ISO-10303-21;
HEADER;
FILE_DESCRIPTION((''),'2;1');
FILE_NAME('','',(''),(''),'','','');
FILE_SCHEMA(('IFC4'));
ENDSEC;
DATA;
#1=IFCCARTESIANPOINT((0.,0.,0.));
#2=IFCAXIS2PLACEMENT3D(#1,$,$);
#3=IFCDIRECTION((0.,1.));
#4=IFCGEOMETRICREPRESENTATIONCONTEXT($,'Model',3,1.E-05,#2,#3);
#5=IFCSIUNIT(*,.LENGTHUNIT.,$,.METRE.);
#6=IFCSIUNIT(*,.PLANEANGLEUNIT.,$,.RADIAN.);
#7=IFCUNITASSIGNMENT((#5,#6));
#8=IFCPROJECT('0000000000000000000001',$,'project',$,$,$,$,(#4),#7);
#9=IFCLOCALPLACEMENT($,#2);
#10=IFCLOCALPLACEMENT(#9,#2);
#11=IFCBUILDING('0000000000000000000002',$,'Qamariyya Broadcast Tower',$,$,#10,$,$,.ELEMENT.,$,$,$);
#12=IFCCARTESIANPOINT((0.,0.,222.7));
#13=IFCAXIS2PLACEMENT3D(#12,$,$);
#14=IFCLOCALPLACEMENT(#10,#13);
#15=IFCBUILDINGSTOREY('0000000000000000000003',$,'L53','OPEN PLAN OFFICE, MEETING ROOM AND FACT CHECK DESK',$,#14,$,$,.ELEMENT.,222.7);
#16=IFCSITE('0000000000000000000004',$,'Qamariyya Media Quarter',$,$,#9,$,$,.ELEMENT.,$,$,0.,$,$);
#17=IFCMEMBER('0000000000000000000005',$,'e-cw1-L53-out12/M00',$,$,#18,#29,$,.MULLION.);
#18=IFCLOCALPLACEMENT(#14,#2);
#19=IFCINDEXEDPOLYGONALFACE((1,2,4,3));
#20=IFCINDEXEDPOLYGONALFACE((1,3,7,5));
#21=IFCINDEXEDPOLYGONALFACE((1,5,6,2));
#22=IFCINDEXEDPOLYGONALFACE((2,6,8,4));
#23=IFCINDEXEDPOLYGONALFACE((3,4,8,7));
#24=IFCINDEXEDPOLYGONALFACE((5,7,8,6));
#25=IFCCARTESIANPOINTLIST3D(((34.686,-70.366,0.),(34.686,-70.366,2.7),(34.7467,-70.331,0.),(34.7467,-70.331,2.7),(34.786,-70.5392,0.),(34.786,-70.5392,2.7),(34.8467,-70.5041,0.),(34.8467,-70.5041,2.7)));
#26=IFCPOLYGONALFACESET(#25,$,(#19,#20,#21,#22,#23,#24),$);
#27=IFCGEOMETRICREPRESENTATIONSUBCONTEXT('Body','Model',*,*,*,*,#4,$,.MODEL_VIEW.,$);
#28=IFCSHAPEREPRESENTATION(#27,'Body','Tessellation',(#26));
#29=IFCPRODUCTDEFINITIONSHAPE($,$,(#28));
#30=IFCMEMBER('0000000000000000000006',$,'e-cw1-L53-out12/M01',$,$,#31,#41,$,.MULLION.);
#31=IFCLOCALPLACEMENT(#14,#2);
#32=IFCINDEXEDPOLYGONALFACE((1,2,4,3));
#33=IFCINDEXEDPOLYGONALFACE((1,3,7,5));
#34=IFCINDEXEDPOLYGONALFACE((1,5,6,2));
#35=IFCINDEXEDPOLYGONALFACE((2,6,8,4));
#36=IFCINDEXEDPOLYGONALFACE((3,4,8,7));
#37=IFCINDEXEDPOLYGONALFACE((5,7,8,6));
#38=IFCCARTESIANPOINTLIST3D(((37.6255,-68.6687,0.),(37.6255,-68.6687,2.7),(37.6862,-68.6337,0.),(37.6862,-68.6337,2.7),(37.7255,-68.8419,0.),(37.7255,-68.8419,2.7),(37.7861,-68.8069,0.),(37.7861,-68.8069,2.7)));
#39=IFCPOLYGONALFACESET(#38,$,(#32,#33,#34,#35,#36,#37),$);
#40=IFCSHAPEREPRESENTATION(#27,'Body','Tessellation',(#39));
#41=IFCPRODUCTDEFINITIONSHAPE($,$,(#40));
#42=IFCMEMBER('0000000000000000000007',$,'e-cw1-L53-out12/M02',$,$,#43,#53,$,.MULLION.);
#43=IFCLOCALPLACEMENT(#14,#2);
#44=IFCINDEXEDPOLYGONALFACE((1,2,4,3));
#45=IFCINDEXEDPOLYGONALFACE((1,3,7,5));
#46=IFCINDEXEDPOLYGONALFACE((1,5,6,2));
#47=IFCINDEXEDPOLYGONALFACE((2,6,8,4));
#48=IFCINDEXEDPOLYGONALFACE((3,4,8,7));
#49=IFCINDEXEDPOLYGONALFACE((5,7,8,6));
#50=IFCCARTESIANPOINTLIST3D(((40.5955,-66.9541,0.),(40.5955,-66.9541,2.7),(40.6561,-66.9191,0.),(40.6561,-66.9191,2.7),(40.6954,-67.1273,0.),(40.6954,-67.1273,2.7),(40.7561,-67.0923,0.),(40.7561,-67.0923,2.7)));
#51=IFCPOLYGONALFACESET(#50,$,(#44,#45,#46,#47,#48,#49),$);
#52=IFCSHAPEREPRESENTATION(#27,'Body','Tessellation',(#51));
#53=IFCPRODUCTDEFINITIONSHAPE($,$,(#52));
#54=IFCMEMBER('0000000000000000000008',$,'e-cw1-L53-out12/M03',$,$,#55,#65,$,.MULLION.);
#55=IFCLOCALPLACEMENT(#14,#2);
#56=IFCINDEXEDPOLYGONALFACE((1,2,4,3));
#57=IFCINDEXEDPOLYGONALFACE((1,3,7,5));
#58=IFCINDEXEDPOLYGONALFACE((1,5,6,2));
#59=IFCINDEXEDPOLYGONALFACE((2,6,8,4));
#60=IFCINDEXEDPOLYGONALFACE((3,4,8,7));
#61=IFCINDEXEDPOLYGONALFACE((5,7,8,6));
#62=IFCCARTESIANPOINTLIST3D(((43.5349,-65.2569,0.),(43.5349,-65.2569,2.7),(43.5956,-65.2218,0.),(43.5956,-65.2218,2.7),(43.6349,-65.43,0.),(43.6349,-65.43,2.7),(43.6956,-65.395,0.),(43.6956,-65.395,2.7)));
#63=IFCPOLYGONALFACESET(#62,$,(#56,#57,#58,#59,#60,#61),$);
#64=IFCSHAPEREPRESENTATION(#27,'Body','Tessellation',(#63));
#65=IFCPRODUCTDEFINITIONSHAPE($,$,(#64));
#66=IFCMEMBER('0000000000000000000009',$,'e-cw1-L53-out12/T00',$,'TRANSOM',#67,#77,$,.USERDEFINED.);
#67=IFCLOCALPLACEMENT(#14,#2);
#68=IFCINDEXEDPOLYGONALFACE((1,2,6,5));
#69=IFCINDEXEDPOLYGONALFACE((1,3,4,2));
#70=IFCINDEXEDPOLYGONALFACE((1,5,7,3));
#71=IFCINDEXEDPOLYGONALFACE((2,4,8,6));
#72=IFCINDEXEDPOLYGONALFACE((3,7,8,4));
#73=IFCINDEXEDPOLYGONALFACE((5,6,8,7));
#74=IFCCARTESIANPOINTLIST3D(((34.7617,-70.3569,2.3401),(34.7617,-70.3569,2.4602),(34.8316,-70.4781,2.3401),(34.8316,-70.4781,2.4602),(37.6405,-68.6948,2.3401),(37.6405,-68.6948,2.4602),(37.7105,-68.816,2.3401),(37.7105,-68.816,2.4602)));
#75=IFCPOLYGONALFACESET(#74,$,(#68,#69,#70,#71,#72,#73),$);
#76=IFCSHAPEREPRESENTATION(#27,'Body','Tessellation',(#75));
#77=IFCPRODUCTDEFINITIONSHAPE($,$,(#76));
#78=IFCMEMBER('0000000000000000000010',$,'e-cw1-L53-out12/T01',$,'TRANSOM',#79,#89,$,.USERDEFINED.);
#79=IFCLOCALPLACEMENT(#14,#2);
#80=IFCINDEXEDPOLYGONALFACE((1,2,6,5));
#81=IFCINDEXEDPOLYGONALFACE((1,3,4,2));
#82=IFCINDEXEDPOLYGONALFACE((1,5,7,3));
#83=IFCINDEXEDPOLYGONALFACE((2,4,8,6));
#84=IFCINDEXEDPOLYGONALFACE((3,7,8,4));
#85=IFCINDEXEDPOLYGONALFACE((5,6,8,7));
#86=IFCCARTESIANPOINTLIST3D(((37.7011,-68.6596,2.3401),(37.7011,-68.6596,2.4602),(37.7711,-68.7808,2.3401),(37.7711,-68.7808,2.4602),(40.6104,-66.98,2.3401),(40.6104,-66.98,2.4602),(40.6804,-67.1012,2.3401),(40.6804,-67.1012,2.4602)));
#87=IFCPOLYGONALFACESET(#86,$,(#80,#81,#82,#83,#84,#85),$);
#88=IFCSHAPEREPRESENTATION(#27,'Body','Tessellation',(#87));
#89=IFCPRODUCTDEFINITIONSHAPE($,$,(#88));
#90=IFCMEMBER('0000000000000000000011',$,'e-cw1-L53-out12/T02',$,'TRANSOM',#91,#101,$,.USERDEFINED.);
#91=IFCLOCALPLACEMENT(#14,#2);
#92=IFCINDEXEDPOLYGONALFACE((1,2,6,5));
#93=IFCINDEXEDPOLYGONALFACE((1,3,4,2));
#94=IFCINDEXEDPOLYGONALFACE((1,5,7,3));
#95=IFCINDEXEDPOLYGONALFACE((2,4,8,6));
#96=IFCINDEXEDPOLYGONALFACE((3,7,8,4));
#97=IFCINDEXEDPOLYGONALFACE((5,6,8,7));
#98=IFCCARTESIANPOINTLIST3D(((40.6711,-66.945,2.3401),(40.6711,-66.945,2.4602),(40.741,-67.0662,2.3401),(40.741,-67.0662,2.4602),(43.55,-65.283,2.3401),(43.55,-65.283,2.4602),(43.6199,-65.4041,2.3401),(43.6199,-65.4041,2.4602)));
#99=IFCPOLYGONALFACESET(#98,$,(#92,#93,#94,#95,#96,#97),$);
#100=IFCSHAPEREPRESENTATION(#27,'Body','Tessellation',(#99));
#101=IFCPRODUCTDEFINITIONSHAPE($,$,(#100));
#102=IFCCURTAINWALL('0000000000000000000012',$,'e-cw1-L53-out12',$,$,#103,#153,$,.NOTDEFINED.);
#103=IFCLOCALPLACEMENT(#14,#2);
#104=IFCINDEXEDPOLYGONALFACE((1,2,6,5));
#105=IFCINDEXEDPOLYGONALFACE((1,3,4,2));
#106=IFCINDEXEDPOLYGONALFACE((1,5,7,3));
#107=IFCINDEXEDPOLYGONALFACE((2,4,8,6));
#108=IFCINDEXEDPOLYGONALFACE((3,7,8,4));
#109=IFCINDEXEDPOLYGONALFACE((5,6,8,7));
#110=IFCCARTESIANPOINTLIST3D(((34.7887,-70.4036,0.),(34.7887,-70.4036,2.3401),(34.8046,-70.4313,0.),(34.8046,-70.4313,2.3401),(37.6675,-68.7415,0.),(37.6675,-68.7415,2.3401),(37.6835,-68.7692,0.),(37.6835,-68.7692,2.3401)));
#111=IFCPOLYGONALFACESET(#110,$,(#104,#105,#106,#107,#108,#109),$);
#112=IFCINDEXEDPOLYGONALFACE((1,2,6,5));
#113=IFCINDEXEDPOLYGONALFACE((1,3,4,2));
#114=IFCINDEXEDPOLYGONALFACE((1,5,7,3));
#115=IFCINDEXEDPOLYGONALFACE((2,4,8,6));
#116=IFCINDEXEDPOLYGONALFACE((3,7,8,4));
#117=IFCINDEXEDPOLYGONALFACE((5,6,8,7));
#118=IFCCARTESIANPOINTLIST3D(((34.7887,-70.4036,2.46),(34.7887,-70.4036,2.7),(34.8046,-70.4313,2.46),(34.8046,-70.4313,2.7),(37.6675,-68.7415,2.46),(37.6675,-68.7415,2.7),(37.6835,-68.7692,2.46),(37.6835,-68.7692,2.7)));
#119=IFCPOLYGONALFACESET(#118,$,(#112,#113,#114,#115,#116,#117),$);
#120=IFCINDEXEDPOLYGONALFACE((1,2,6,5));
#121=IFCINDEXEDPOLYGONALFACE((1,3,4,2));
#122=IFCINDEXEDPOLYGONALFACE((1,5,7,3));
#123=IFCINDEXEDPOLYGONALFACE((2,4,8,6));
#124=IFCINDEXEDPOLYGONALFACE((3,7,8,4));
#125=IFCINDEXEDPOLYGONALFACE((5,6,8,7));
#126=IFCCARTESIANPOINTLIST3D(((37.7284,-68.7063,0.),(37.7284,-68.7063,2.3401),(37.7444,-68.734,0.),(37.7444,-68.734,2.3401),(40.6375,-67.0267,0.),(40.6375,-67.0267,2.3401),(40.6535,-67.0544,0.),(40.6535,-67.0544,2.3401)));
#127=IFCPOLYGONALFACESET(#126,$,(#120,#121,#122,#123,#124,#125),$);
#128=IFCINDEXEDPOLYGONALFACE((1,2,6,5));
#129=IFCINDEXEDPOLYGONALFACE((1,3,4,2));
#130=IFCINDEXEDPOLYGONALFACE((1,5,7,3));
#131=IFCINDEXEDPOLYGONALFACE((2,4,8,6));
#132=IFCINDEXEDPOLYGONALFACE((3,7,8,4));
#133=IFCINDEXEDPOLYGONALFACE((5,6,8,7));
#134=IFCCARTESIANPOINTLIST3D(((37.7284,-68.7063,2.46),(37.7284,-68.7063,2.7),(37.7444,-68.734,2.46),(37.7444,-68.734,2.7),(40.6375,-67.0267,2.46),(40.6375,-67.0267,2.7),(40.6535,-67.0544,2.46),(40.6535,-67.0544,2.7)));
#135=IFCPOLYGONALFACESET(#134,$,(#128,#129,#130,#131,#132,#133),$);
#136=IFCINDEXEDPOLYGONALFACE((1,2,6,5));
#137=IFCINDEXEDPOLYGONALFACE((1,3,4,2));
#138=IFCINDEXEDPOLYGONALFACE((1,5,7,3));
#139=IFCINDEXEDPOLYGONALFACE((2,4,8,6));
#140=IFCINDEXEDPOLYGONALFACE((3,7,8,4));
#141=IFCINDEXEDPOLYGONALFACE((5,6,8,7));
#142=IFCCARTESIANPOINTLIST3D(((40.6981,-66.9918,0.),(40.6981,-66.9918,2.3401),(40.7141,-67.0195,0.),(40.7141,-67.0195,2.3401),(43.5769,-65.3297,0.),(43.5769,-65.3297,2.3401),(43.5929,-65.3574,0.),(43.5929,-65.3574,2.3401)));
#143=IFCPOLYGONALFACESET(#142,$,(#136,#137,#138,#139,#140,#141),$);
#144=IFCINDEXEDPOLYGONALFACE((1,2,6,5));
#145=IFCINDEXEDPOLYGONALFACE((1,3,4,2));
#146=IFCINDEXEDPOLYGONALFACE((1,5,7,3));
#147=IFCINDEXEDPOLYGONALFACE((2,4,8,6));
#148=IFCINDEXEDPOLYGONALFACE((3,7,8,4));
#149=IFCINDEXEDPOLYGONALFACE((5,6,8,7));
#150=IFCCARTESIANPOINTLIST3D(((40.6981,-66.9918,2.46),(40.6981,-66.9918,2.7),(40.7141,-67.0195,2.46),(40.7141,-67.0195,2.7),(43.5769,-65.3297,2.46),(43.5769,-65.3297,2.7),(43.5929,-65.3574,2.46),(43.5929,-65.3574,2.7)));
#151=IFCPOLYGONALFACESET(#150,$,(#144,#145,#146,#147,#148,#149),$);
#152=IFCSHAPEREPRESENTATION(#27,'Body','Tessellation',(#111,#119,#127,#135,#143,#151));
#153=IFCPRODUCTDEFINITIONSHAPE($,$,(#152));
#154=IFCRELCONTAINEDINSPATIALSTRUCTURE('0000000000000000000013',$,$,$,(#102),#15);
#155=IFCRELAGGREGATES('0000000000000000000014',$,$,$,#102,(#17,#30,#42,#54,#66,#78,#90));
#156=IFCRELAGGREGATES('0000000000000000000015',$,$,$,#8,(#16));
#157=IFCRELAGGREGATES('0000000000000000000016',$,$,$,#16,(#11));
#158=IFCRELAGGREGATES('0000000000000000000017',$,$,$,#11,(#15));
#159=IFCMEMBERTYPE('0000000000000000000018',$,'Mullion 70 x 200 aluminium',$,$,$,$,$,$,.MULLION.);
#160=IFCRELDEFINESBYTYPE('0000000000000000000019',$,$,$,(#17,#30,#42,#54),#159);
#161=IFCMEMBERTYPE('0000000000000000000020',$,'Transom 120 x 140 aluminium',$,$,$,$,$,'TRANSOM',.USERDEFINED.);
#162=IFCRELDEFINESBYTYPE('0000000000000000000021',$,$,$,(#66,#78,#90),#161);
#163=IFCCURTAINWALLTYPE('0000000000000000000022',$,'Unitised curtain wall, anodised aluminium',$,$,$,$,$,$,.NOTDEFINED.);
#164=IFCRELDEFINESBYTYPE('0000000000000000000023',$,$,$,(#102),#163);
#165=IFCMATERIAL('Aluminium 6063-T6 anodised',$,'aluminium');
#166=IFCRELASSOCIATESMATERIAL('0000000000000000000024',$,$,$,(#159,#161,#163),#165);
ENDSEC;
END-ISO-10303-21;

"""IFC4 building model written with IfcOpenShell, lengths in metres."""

from ifc_helpers import new_model, si_unit, direction, frame, origin, origin_2d, place, context, subcontext, project, spatial, rectangle, extrude, material, material_profile, profile_set, type_object, element, aggregate, save


model = new_model("IFC4")

# Units and contexts
model_context = context("Model", 3, precision=1e-05, world=origin(), true_north=direction((0.0, 1.0)))
body_context = subcontext(model_context, "Body", "Model", "MODEL_VIEW")
ifc_project = project(units=[si_unit("LENGTHUNIT", "METRE"), si_unit("PLANEANGLEUNIT", "RADIAN")], contexts=[model_context])

# Members
ifc_material = material(Name="Aluminium 6063-T6 anodised", Category="aluminium")
ifc_material_profile_1 = material_profile(ifc_material, rectangle(XDim=0.2, YDim=0.0701, at=origin_2d()))
ifc_profile_set_1 = profile_set([ifc_material_profile_1], Name="Aluminium 6063-T6 anodised")
member_type_1 = type_object("IfcMemberType", Name="Mullion 70 x 200 aluminium", PredefinedType="MULLION", material=ifc_profile_set_1)
site_placement = place(None, origin())
building_placement = place(site_placement, origin())
storey_placement = place(building_placement, frame((0.0, 0.0, 222.7)))
member_1_placement = place(storey_placement, frame((34.7664, -70.4351, 0.0), z_axis=(0.0, 0.0, 1.0), x_axis=(-0.5, 0.866025, 0.0)))
member_1 = element("IfcMember", 1, at=member_1_placement, type_object=member_type_1, Name="e-cw1-L53-out12/M00", PredefinedType="MULLION", context=body_context, shape_type="SweptSolid", body=[
    extrude(rectangle(XDim=0.2, YDim=0.0701, at=origin_2d()), origin(), (0.0, 0.0, 1.0), 2.7),
])
member_2_placement = place(storey_placement, frame((37.7058, -68.7378, 0.0), z_axis=(0.0, 0.0, 1.0), x_axis=(-0.5, 0.866025, 0.0)))
member_2 = element("IfcMember", 2, at=member_2_placement, type_object=member_type_1, Name="e-cw1-L53-out12/M01", PredefinedType="MULLION", context=body_context, shape_type="SweptSolid", body=[
    extrude(rectangle(XDim=0.2, YDim=0.0701, at=origin_2d()), origin(), (0.0, 0.0, 1.0), 2.7),
])
member_3_placement = place(storey_placement, frame((40.6758, -67.0232, 0.0), z_axis=(0.0, 0.0, 1.0), x_axis=(-0.5, 0.866025, 0.0)))
member_3 = element("IfcMember", 3, at=member_3_placement, type_object=member_type_1, Name="e-cw1-L53-out12/M02", PredefinedType="MULLION", context=body_context, shape_type="SweptSolid", body=[
    extrude(rectangle(XDim=0.2, YDim=0.0701, at=origin_2d()), origin(), (0.0, 0.0, 1.0), 2.7),
])
member_4_placement = place(storey_placement, frame((43.6152, -65.3259, 0.0), z_axis=(0.0, 0.0, 1.0), x_axis=(-0.5, 0.866025, 0.0)))
member_4 = element("IfcMember", 4, at=member_4_placement, type_object=member_type_1, Name="e-cw1-L53-out12/M03", PredefinedType="MULLION", context=body_context, shape_type="SweptSolid", body=[
    extrude(rectangle(XDim=0.2, YDim=0.0701, at=origin_2d()), origin(), (0.0, 0.0, 1.0), 2.7),
])
ifc_material_profile_2 = material_profile(ifc_material, rectangle(XDim=0.1399, YDim=0.1201, at=origin_2d()))
ifc_profile_set_2 = profile_set([ifc_material_profile_2], Name="Aluminium 6063-T6 anodised")
member_type_2 = type_object("IfcMemberType", Name="Transom 120 x 140 aluminium", ElementType="TRANSOM", PredefinedType="USERDEFINED", material=ifc_profile_set_2)
member_5_placement = place(storey_placement, frame((34.7966, -70.4175, 2.4001), z_axis=(0.866029, 0.499994, 0.0), x_axis=(-0.499994, 0.866029, 0.0)))
member_5 = element("IfcMember", 5, at=member_5_placement, type_object=member_type_2, Name="e-cw1-L53-out12/T00", ObjectType="TRANSOM", PredefinedType="USERDEFINED", context=body_context, shape_type="SweptSolid", body=[
    extrude(rectangle(XDim=0.1399, YDim=0.1201, at=origin_2d()), origin(), (0.0, 0.0, 1.0), 3.3242),
])
member_6_placement = place(storey_placement, frame((37.7361, -68.7202, 2.4001), z_axis=(0.866034, 0.499985, 0.0), x_axis=(-0.499985, 0.866034, 0.0)))
member_6 = element("IfcMember", 6, at=member_6_placement, type_object=member_type_2, Name="e-cw1-L53-out12/T01", ObjectType="TRANSOM", PredefinedType="USERDEFINED", context=body_context, shape_type="SweptSolid", body=[
    extrude(rectangle(XDim=0.1399, YDim=0.1201, at=origin_2d()), origin(), (0.0, 0.0, 1.0), 3.3594),
])
member_7_placement = place(storey_placement, frame((40.7061, -67.0056, 2.4001), z_axis=(0.866029, 0.499994, 0.0), x_axis=(-0.499994, 0.866029, 0.0)))
member_7 = element("IfcMember", 7, at=member_7_placement, type_object=member_type_2, Name="e-cw1-L53-out12/T02", ObjectType="TRANSOM", PredefinedType="USERDEFINED", context=body_context, shape_type="SweptSolid", body=[
    extrude(rectangle(XDim=0.1399, YDim=0.1201, at=origin_2d()), origin(), (0.0, 0.0, 1.0), 3.3242),
])

# Site, building, storey
site = spatial("IfcSite", under=ifc_project, at=site_placement, Name="Qamariyya Media Quarter", CompositionType="ELEMENT", RefElevation=0.0)
building = spatial("IfcBuilding", under=site, at=building_placement, Name="Qamariyya Broadcast Tower", CompositionType="ELEMENT")
storey = spatial("IfcBuildingStorey", under=building, at=storey_placement, Name="L53", Description="OPEN PLAN OFFICE, MEETING ROOM AND FACT CHECK DESK", CompositionType="ELEMENT", Elevation=222.7)

# Curtain wall
curtain_wall_type = type_object("IfcCurtainWallType", Name="Unitised curtain wall, anodised aluminium", PredefinedType="NOTDEFINED", material=ifc_material)
curtain_wall_1_placement = place(storey_placement, origin())
curtain_wall_1 = element("IfcCurtainWall", 8, at=curtain_wall_1_placement, inside=storey, type_object=curtain_wall_type, Name="e-cw1-L53-out12", PredefinedType="NOTDEFINED", context=body_context, shape_type="SweptSolid", body=[
    extrude(rectangle(XDim=3.3242, YDim=0.032, at=origin_2d()), frame((36.2361, -69.5864, 0.0), x_axis=(0.866028, 0.499996, 0.0)), (0.0, 0.0, 1.0), 2.3401),
    extrude(rectangle(XDim=3.3242, YDim=0.032, at=origin_2d()), frame((36.2361, -69.5864, 2.46), x_axis=(0.866028, 0.499996, 0.0)), (0.0, 0.0, 1.0), 0.24),
    extrude(rectangle(XDim=3.3591, YDim=0.032, at=origin_2d()), frame((39.1909, -67.8804, 0.0), x_axis=(0.866028, 0.499996, 0.0)), (0.0, 0.0, 1.0), 2.3401),
    extrude(rectangle(XDim=3.3591, YDim=0.032, at=origin_2d()), frame((39.1909, -67.8804, 2.46), x_axis=(0.866028, 0.499996, 0.0)), (0.0, 0.0, 1.0), 0.24),
    extrude(rectangle(XDim=3.3242, YDim=0.032, at=origin_2d()), frame((42.1455, -66.1746, 0.0), x_axis=(0.866028, 0.499996, 0.0)), (0.0, 0.0, 1.0), 2.3401),
    extrude(rectangle(XDim=3.3242, YDim=0.032, at=origin_2d()), frame((42.1455, -66.1746, 2.46), x_axis=(0.866028, 0.499996, 0.0)), (0.0, 0.0, 1.0), 0.24),
])
aggregate(curtain_wall_1, [member_1, member_2, member_3, member_4, member_5, member_6, member_7])

save(model, "model.ifc")
